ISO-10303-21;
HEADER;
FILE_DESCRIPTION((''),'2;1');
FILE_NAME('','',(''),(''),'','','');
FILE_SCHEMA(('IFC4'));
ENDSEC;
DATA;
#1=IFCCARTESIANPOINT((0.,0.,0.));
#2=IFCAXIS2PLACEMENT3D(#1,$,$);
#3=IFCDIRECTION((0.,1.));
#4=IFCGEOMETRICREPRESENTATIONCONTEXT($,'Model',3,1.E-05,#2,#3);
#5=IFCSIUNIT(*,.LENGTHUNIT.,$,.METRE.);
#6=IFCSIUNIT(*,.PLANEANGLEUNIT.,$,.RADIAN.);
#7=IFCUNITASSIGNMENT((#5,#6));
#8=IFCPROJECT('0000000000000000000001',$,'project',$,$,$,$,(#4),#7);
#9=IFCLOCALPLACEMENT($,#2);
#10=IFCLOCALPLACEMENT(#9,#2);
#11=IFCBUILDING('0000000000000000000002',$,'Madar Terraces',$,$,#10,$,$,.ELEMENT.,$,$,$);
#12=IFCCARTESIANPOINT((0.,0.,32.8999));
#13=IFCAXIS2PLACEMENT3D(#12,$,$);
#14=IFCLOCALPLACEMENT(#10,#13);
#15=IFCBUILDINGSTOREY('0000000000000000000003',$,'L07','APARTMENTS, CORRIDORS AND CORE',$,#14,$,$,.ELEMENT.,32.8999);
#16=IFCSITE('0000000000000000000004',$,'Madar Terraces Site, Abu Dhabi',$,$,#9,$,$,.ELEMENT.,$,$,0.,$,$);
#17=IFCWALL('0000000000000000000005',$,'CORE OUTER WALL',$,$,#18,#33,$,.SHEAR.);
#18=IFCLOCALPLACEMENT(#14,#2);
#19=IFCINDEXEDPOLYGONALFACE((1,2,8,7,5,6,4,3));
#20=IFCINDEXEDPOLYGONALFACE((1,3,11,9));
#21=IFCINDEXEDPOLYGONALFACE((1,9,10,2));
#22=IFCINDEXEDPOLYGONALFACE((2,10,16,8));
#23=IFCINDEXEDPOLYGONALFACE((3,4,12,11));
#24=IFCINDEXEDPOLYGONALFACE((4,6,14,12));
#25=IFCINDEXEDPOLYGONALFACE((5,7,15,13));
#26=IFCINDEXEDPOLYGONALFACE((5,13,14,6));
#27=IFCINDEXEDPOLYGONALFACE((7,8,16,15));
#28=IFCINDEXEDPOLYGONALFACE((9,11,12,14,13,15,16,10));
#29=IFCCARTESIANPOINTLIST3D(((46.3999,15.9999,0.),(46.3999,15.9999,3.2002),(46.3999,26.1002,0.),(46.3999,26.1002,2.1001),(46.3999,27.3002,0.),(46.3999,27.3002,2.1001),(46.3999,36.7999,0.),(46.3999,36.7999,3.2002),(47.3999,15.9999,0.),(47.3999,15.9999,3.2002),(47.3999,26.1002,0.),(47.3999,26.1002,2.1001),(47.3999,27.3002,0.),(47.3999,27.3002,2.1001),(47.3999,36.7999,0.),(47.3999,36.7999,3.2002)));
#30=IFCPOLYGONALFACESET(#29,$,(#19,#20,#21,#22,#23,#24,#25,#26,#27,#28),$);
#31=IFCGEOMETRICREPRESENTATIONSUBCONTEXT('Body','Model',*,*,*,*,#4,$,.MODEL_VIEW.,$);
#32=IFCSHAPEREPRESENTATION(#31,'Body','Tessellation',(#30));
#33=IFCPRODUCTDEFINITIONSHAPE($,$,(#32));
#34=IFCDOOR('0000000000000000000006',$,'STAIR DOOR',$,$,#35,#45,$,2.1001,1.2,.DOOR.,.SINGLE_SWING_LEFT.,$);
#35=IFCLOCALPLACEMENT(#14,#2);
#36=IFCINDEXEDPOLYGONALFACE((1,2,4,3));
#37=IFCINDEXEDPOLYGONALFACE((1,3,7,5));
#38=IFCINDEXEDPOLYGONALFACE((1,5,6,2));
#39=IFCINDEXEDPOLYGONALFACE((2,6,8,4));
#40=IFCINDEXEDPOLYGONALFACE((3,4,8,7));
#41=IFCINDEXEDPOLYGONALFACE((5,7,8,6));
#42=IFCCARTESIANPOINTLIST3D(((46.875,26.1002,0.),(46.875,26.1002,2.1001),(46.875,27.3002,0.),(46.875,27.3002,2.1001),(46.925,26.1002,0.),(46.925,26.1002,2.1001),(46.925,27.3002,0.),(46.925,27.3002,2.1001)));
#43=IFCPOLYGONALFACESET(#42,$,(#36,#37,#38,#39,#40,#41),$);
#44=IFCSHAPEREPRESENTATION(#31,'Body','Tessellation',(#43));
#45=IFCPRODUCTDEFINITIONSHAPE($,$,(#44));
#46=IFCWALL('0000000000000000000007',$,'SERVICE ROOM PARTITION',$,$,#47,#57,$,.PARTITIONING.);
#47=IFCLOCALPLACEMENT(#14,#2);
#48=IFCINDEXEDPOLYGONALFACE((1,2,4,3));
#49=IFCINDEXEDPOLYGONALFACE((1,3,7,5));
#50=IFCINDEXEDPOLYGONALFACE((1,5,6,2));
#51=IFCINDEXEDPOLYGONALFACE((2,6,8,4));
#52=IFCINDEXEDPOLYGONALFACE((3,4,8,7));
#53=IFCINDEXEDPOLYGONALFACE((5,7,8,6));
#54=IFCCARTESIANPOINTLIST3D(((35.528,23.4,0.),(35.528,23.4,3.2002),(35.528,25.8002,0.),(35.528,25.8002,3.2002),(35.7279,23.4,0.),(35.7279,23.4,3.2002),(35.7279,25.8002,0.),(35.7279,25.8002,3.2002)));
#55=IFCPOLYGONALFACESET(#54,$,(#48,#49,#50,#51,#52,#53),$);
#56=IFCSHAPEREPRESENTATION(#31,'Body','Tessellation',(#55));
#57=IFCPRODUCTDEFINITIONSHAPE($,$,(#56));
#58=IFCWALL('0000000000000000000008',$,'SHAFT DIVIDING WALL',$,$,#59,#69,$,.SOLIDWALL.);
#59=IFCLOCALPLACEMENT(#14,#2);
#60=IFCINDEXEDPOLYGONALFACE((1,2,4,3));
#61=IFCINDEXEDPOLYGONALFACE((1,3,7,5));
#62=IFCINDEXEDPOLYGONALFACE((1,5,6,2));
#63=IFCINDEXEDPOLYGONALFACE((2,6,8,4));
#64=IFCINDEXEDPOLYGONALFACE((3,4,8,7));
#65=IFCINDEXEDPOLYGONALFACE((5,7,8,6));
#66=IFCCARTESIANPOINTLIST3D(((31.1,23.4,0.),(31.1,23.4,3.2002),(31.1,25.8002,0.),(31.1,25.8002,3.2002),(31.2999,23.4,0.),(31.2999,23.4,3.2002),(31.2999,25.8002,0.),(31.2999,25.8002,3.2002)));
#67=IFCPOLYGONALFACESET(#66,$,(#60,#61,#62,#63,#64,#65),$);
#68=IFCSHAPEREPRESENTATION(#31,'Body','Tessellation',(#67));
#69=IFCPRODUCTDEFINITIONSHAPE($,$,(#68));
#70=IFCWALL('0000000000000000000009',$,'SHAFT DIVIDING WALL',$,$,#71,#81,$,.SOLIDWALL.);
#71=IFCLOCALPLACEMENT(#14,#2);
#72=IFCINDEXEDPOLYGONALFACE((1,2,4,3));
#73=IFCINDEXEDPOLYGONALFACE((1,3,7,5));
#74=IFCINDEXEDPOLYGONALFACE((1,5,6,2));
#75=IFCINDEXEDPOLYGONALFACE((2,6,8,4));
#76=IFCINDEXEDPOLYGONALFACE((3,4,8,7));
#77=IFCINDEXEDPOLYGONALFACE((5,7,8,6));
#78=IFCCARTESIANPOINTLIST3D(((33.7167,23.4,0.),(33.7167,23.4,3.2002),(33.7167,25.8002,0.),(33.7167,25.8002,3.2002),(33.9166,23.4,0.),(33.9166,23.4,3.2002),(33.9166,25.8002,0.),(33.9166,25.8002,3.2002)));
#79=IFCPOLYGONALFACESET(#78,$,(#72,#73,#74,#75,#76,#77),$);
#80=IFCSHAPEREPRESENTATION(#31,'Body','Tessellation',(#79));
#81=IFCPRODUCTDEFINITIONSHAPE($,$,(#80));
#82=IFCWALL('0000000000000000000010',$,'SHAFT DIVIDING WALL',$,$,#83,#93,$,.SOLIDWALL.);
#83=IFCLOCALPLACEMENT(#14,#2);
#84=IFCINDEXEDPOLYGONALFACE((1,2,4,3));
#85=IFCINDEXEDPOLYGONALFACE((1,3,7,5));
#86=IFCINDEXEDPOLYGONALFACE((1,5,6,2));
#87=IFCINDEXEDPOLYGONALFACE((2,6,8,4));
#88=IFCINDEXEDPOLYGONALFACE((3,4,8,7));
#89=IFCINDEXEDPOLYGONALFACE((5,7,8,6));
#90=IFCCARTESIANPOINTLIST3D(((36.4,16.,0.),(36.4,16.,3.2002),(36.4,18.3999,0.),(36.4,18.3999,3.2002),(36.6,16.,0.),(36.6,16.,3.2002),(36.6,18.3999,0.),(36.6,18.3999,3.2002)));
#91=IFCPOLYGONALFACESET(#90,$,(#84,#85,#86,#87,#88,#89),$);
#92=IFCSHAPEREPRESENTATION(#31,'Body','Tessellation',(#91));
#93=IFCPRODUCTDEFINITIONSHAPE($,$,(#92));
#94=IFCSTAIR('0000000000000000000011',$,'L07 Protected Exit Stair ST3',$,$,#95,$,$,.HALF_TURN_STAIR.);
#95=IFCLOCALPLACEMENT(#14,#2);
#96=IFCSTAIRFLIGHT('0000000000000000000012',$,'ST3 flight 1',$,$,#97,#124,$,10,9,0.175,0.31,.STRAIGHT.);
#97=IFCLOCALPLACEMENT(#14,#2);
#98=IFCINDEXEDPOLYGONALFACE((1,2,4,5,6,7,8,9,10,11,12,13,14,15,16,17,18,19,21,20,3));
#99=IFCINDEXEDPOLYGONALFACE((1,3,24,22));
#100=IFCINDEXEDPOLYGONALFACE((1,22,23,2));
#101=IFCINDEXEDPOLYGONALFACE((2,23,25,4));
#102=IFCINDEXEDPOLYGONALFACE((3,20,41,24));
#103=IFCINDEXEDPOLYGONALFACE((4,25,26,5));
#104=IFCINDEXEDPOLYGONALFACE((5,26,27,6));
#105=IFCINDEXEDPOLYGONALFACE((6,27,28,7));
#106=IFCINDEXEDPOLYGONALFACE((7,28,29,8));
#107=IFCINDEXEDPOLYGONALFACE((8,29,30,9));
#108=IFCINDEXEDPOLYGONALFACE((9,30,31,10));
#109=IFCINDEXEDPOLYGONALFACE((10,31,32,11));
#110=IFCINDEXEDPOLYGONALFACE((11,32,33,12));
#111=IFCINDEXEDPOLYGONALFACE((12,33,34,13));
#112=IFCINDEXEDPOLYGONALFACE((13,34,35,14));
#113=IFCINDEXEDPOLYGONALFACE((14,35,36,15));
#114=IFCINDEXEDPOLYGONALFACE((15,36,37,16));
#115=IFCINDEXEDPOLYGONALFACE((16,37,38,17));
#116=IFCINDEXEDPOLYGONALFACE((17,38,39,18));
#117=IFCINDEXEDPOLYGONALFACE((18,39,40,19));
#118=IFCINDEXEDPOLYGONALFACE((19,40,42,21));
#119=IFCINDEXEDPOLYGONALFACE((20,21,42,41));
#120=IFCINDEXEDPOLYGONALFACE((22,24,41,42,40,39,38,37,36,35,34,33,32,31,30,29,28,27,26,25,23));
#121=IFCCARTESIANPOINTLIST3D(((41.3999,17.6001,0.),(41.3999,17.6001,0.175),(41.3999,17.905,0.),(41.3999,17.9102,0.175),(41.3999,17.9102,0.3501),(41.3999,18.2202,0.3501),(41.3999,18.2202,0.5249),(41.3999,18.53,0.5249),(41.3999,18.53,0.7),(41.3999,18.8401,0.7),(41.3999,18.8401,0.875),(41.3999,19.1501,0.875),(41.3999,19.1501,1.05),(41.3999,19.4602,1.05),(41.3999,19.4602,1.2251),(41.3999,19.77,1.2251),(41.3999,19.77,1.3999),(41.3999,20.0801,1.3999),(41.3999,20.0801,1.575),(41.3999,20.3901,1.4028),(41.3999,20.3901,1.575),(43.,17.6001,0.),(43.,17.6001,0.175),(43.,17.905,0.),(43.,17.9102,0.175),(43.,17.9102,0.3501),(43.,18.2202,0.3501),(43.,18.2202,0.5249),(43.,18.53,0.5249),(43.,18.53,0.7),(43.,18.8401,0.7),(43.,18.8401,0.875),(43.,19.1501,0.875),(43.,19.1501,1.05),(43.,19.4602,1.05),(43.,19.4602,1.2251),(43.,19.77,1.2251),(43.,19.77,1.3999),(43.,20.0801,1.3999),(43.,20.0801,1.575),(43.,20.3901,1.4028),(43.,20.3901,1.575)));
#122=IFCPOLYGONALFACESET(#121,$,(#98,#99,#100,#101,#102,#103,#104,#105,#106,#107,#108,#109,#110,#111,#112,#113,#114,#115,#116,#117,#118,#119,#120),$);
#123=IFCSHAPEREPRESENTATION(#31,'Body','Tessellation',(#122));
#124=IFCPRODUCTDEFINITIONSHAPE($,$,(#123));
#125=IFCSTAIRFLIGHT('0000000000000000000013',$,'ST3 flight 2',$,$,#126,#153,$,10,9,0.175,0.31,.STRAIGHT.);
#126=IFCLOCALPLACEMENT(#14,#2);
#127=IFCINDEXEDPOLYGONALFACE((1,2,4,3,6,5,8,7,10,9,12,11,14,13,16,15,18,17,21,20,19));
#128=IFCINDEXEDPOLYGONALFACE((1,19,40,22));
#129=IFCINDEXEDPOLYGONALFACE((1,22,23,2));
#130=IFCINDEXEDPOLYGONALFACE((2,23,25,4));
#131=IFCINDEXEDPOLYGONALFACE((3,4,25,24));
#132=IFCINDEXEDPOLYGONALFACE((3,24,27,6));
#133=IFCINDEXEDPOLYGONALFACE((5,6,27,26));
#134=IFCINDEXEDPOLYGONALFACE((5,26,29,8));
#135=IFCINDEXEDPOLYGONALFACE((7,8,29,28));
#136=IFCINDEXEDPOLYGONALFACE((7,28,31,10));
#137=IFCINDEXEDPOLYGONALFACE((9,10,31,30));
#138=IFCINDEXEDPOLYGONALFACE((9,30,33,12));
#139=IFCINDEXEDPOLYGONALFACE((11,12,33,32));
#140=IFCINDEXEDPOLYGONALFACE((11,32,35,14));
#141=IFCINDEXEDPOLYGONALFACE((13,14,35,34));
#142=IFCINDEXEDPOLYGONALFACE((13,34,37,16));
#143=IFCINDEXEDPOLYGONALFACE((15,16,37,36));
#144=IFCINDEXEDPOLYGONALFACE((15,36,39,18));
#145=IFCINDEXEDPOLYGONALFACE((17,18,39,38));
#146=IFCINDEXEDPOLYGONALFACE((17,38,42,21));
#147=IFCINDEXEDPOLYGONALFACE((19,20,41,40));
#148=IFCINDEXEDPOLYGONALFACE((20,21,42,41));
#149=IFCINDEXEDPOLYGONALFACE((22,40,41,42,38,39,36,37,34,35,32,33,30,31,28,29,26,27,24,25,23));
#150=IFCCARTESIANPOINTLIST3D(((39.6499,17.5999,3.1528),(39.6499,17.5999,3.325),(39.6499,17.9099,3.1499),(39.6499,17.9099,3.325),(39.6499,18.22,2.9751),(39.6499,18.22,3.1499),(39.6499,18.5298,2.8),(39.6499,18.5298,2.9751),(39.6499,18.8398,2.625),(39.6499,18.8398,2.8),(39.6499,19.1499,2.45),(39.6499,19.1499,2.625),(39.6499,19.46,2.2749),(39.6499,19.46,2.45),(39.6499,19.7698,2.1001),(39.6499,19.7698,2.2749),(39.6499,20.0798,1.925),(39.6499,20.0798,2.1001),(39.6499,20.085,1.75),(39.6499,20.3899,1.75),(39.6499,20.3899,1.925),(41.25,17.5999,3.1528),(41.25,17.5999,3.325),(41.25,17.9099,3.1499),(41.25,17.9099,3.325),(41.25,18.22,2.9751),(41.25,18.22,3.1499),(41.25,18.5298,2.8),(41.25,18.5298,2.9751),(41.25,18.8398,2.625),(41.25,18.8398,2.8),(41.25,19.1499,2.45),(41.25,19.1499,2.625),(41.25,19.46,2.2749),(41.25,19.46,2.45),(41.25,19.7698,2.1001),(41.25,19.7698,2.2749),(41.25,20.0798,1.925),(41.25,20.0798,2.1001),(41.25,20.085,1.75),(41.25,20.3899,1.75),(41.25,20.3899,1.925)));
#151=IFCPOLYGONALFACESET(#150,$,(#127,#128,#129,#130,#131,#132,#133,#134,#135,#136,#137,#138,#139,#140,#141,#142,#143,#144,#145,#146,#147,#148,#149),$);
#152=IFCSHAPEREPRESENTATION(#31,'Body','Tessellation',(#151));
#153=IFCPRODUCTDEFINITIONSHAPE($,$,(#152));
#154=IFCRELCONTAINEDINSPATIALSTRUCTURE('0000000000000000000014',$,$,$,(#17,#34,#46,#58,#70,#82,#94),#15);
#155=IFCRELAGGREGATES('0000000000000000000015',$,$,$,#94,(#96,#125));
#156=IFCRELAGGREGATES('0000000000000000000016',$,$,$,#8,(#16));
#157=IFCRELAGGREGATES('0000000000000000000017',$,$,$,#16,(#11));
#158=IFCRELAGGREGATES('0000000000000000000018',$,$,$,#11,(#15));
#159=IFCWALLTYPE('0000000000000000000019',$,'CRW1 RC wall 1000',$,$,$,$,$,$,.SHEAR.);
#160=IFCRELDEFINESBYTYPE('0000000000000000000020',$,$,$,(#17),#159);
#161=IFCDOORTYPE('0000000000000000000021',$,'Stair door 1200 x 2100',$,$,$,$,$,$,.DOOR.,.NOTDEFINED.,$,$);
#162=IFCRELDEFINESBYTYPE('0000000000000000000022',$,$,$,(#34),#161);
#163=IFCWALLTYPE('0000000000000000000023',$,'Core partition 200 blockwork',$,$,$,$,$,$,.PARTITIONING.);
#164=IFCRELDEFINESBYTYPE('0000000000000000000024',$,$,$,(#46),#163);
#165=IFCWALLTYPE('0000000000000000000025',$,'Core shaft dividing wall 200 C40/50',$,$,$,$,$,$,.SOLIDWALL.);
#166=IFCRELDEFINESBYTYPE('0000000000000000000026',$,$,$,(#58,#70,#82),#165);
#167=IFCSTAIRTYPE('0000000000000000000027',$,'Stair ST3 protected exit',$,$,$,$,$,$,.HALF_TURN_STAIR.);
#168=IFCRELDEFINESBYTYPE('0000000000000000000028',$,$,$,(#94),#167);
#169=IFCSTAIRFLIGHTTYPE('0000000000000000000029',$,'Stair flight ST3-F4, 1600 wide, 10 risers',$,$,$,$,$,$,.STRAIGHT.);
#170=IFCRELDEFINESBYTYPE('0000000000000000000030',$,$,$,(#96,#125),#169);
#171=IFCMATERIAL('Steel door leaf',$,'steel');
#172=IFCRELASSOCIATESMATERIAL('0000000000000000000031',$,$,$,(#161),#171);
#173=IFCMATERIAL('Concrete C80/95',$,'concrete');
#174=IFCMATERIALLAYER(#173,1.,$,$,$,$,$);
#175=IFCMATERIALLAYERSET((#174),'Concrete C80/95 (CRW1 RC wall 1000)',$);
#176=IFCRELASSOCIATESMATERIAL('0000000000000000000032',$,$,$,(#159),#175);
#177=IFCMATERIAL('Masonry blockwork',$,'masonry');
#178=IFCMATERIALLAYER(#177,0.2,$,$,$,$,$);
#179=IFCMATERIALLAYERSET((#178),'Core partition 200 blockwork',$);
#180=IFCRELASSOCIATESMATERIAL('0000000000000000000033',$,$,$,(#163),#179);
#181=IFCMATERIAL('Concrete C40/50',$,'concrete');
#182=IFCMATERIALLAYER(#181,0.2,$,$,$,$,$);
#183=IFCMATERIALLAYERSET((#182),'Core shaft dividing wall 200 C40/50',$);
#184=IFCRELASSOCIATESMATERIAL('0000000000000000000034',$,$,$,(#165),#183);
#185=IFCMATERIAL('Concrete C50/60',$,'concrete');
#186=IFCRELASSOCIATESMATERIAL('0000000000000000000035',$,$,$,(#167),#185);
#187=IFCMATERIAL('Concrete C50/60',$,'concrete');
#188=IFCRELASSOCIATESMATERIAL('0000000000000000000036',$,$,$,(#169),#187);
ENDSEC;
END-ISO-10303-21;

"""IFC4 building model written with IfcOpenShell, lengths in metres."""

from ifc_helpers import new_model, si_unit, direction, frame, frame_2d, origin, place, context, subcontext, project, spatial, polyline, rectangle, outline, extrude, material, layer, layer_set, type_object, element, fill, aggregate, save


model = new_model("IFC4")

# Units and contexts
model_context = context("Model", 3, precision=1e-05, world=origin(), true_north=direction((0.0, 1.0)))
body_context = subcontext(model_context, "Body", "Model", "MODEL_VIEW")
ifc_project = project(units=[si_unit("LENGTHUNIT", "METRE"), si_unit("PLANEANGLEUNIT", "RADIAN")], contexts=[model_context])

# Site, building, storey
site_placement = place(None, origin())
site = spatial("IfcSite", under=ifc_project, at=site_placement, Name="Madar Terraces Site, Abu Dhabi", CompositionType="ELEMENT", RefElevation=0.0)
building_placement = place(site_placement, origin())
building = spatial("IfcBuilding", under=site, at=building_placement, Name="Madar Terraces", CompositionType="ELEMENT")
storey_placement = place(building_placement, frame((0.0, 0.0, 32.8999)))
storey = spatial("IfcBuildingStorey", under=building, at=storey_placement, Name="L07", Description="APARTMENTS, CORRIDORS AND CORE", CompositionType="ELEMENT", Elevation=32.8999)

# Shared definitions
ifc_material_1 = material(Name="Steel door leaf", Category="steel")
door_type_1 = type_object("IfcDoorType", Name="Stair door 1200 x 2100", OperationType="NOTDEFINED", PredefinedType="DOOR", material=ifc_material_1)

# Wall, opening, door
ifc_material_2 = material(Name="Concrete C80/95", Category="concrete")
ifc_layer_1 = layer(ifc_material_2, 1.0)
ifc_layer_set_1 = layer_set([ifc_layer_1], Name="Concrete C80/95 (CRW1 RC wall 1000)")
wall_type_1 = type_object("IfcWallType", Name="CRW1 RC wall 1000", PredefinedType="SHEAR", material=ifc_layer_set_1)
wall_1_placement = place(storey_placement, frame((46.8999, 16.0, 0.0), z_axis=(0.0, 0.0, 1.0), x_axis=(0.0, 1.0, 0.0)))
wall_1 = element("IfcWall", 1, at=wall_1_placement, inside=storey, type_object=wall_type_1, Name="CORE OUTER WALL", PredefinedType="SHEAR", context=body_context, shape_type="SweptSolid", body=[
    extrude(rectangle(XDim=20.8, YDim=1.0, at=frame_2d((10.3999, 0.0))), origin(), (0.0, 0.0, 1.0), 3.2002),
])
opening_1_placement = place(wall_1_placement, frame((10.1001, 0.0, 0.0)))
opening_1 = element("IfcOpeningElement", 2, at=opening_1_placement, cuts=wall_1, PredefinedType="OPENING", context=body_context, shape_type="SweptSolid", body=[
    extrude(rectangle(XDim=1.2, YDim=2.1001, at=frame_2d((0.6001, 1.05))), frame((0.0, 0.51, 0.0), z_axis=(0.0, -1.0, 0.0), x_axis=(1.0, 0.0, 0.0)), (0.0, 0.0, 1.0), 1.02),
])
door_1_placement = place(opening_1_placement, origin())
door_1 = element("IfcDoor", 3, at=door_1_placement, inside=storey, type_object=door_type_1, Name="STAIR DOOR", OperationType="SINGLE_SWING_LEFT", OverallHeight=2.1001, OverallWidth=1.2, PredefinedType="DOOR", context=body_context, shape_type="SweptSolid", body=[
    extrude(rectangle(XDim=1.2, YDim=2.1001, at=frame_2d((0.6001, 1.05))), frame((0.0, 0.0249, 0.0), z_axis=(0.0, -1.0, 0.0), x_axis=(1.0, 0.0, 0.0)), (0.0, 0.0, 1.0), 0.05),
])
fill(opening_1, door_1)

# Walls
ifc_material_3 = material(Name="Masonry blockwork", Category="masonry")
ifc_layer_2 = layer(ifc_material_3, 0.2)
ifc_layer_set_2 = layer_set([ifc_layer_2], Name="Core partition 200 blockwork")
wall_type_2 = type_object("IfcWallType", Name="Core partition 200 blockwork", PredefinedType="PARTITIONING", material=ifc_layer_set_2)
wall_2_placement = place(storey_placement, frame((35.6279, 23.3999, 0.0), z_axis=(0.0, 0.0, 1.0), x_axis=(0.0, 1.0, 0.0)))
element("IfcWall", 4, at=wall_2_placement, inside=storey, type_object=wall_type_2, Name="SERVICE ROOM PARTITION", PredefinedType="PARTITIONING", context=body_context, shape_type="SweptSolid", body=[
    extrude(rectangle(XDim=2.4001, YDim=0.2, at=frame_2d((1.2002, 0.0))), origin(), (0.0, 0.0, 1.0), 3.2002),
])
ifc_material_4 = material(Name="Concrete C40/50", Category="concrete")
ifc_layer_3 = layer(ifc_material_4, 0.2)
ifc_layer_set_3 = layer_set([ifc_layer_3], Name="Core shaft dividing wall 200 C40/50")
wall_type_3 = type_object("IfcWallType", Name="Core shaft dividing wall 200 C40/50", PredefinedType="SOLIDWALL", material=ifc_layer_set_3)
for number, where, z_axis, x_axis, name in (
    (5, (31.2, 23.3999, 0.0), (0.0, 0.0, 1.0), (0.0, 1.0, 0.0), "SHAFT DIVIDING WALL"),
    (6, (33.8167, 23.3999, 0.0), (0.0, 0.0, 1.0), (0.0, 1.0, 0.0), "SHAFT DIVIDING WALL"),
):
    element("IfcWall", number, at=place(storey_placement, frame(where, z_axis=z_axis, x_axis=x_axis)), inside=storey, type_object=wall_type_3, Name=name, PredefinedType="SOLIDWALL", context=body_context, shape_type="SweptSolid", body=[
        extrude(rectangle(XDim=2.4001, YDim=0.2, at=frame_2d((1.2002, 0.0))), origin(), (0.0, 0.0, 1.0), 3.2002),
    ])
wall_3_placement = place(storey_placement, frame((36.5, 16.0, 0.0), z_axis=(0.0, 0.0, 1.0), x_axis=(0.0, 1.0, 0.0)))
element("IfcWall", 7, at=wall_3_placement, inside=storey, type_object=wall_type_3, Name="SHAFT DIVIDING WALL", PredefinedType="SOLIDWALL", context=body_context, shape_type="SweptSolid", body=[
    extrude(rectangle(XDim=2.3999, YDim=0.2, at=frame_2d((1.2, 0.0))), origin(), (0.0, 0.0, 1.0), 3.2002),
])

# Stair, stair flights
ifc_material_5 = material(Name="Concrete C50/60", Category="concrete")
stair_type = type_object("IfcStairType", Name="Stair ST3 protected exit", PredefinedType="HALF_TURN_STAIR", material=ifc_material_5)
stair_placement = place(storey_placement, origin())
stair = element("IfcStair", 8, at=stair_placement, inside=storey, type_object=stair_type, Name="L07 Protected Exit Stair ST3", PredefinedType="HALF_TURN_STAIR")
ifc_material_6 = material(Name="Concrete C50/60", Category="concrete")
stair_flight_type = type_object("IfcStairFlightType", Name="Stair flight ST3-F4, 1600 wide, 10 risers", PredefinedType="STRAIGHT", material=ifc_material_6)
stair_flight_1_placement = place(storey_placement, frame((42.2, 17.6001, 0.0), z_axis=(0.0, 0.0, 1.0), x_axis=(0.0, 1.0, 0.0)))
stair_flight_1 = element("IfcStairFlight", 9, at=stair_flight_1_placement, type_object=stair_flight_type, Name="ST3 flight 1", NumberOfRisers=10, NumberOfTreads=9, PredefinedType="STRAIGHT", RiserHeight=0.175, TreadLength=0.31, context=body_context, shape_type="SweptSolid", body=[
    extrude(outline(polyline([(0.0, 0.0), (0.0, 0.175), (0.3101, 0.175), (0.3101, 0.3501), (0.6201, 0.3501), (0.6201, 0.5249), (0.9299, 0.5249), (0.9299, 0.7), (1.24, 0.7), (1.24, 0.875), (1.55, 0.875), (1.55, 1.05), (1.8601, 1.05), (1.8601, 1.2251), (2.1699, 1.2251), (2.1699, 1.3999), (2.48, 1.3999), (2.48, 1.575), (2.79, 1.575), (2.79, 1.75), (2.79, 1.4028), (0.3049, 0.0), (0.0, 0.0)])), frame((0.0, 0.8, 0.0), z_axis=(0.0, -1.0, 0.0), x_axis=(1.0, 0.0, 0.0)), (0.0, 0.0, 1.0), 1.6001),
])
stair_flight_2_placement = place(storey_placement, frame((40.45, 20.3899, 1.75), z_axis=(0.0, 0.0, 1.0), x_axis=(0.0, -1.0, 0.0)))
stair_flight_2 = element("IfcStairFlight", 10, at=stair_flight_2_placement, type_object=stair_flight_type, Name="ST3 flight 2", NumberOfRisers=10, NumberOfTreads=9, PredefinedType="STRAIGHT", RiserHeight=0.175, TreadLength=0.31, context=body_context, shape_type="SweptSolid", body=[
    extrude(outline(polyline([(0.0, 0.0), (0.0, 0.175), (0.3101, 0.175), (0.3101, 0.3501), (0.6201, 0.3501), (0.6201, 0.5249), (0.9299, 0.5249), (0.9299, 0.7), (1.24, 0.7), (1.24, 0.875), (1.55, 0.875), (1.55, 1.05), (1.8601, 1.05), (1.8601, 1.2251), (2.1699, 1.2251), (2.1699, 1.3999), (2.48, 1.3999), (2.48, 1.575), (2.79, 1.575), (2.79, 1.75), (2.79, 1.4028), (0.3049, 0.0), (0.0, 0.0)])), frame((0.0, 0.8, 0.0), z_axis=(0.0, -1.0, 0.0), x_axis=(1.0, 0.0, 0.0)), (0.0, 0.0, 1.0), 1.6001),
])
aggregate(stair, [stair_flight_1, stair_flight_2])

save(model, "model.ifc")
